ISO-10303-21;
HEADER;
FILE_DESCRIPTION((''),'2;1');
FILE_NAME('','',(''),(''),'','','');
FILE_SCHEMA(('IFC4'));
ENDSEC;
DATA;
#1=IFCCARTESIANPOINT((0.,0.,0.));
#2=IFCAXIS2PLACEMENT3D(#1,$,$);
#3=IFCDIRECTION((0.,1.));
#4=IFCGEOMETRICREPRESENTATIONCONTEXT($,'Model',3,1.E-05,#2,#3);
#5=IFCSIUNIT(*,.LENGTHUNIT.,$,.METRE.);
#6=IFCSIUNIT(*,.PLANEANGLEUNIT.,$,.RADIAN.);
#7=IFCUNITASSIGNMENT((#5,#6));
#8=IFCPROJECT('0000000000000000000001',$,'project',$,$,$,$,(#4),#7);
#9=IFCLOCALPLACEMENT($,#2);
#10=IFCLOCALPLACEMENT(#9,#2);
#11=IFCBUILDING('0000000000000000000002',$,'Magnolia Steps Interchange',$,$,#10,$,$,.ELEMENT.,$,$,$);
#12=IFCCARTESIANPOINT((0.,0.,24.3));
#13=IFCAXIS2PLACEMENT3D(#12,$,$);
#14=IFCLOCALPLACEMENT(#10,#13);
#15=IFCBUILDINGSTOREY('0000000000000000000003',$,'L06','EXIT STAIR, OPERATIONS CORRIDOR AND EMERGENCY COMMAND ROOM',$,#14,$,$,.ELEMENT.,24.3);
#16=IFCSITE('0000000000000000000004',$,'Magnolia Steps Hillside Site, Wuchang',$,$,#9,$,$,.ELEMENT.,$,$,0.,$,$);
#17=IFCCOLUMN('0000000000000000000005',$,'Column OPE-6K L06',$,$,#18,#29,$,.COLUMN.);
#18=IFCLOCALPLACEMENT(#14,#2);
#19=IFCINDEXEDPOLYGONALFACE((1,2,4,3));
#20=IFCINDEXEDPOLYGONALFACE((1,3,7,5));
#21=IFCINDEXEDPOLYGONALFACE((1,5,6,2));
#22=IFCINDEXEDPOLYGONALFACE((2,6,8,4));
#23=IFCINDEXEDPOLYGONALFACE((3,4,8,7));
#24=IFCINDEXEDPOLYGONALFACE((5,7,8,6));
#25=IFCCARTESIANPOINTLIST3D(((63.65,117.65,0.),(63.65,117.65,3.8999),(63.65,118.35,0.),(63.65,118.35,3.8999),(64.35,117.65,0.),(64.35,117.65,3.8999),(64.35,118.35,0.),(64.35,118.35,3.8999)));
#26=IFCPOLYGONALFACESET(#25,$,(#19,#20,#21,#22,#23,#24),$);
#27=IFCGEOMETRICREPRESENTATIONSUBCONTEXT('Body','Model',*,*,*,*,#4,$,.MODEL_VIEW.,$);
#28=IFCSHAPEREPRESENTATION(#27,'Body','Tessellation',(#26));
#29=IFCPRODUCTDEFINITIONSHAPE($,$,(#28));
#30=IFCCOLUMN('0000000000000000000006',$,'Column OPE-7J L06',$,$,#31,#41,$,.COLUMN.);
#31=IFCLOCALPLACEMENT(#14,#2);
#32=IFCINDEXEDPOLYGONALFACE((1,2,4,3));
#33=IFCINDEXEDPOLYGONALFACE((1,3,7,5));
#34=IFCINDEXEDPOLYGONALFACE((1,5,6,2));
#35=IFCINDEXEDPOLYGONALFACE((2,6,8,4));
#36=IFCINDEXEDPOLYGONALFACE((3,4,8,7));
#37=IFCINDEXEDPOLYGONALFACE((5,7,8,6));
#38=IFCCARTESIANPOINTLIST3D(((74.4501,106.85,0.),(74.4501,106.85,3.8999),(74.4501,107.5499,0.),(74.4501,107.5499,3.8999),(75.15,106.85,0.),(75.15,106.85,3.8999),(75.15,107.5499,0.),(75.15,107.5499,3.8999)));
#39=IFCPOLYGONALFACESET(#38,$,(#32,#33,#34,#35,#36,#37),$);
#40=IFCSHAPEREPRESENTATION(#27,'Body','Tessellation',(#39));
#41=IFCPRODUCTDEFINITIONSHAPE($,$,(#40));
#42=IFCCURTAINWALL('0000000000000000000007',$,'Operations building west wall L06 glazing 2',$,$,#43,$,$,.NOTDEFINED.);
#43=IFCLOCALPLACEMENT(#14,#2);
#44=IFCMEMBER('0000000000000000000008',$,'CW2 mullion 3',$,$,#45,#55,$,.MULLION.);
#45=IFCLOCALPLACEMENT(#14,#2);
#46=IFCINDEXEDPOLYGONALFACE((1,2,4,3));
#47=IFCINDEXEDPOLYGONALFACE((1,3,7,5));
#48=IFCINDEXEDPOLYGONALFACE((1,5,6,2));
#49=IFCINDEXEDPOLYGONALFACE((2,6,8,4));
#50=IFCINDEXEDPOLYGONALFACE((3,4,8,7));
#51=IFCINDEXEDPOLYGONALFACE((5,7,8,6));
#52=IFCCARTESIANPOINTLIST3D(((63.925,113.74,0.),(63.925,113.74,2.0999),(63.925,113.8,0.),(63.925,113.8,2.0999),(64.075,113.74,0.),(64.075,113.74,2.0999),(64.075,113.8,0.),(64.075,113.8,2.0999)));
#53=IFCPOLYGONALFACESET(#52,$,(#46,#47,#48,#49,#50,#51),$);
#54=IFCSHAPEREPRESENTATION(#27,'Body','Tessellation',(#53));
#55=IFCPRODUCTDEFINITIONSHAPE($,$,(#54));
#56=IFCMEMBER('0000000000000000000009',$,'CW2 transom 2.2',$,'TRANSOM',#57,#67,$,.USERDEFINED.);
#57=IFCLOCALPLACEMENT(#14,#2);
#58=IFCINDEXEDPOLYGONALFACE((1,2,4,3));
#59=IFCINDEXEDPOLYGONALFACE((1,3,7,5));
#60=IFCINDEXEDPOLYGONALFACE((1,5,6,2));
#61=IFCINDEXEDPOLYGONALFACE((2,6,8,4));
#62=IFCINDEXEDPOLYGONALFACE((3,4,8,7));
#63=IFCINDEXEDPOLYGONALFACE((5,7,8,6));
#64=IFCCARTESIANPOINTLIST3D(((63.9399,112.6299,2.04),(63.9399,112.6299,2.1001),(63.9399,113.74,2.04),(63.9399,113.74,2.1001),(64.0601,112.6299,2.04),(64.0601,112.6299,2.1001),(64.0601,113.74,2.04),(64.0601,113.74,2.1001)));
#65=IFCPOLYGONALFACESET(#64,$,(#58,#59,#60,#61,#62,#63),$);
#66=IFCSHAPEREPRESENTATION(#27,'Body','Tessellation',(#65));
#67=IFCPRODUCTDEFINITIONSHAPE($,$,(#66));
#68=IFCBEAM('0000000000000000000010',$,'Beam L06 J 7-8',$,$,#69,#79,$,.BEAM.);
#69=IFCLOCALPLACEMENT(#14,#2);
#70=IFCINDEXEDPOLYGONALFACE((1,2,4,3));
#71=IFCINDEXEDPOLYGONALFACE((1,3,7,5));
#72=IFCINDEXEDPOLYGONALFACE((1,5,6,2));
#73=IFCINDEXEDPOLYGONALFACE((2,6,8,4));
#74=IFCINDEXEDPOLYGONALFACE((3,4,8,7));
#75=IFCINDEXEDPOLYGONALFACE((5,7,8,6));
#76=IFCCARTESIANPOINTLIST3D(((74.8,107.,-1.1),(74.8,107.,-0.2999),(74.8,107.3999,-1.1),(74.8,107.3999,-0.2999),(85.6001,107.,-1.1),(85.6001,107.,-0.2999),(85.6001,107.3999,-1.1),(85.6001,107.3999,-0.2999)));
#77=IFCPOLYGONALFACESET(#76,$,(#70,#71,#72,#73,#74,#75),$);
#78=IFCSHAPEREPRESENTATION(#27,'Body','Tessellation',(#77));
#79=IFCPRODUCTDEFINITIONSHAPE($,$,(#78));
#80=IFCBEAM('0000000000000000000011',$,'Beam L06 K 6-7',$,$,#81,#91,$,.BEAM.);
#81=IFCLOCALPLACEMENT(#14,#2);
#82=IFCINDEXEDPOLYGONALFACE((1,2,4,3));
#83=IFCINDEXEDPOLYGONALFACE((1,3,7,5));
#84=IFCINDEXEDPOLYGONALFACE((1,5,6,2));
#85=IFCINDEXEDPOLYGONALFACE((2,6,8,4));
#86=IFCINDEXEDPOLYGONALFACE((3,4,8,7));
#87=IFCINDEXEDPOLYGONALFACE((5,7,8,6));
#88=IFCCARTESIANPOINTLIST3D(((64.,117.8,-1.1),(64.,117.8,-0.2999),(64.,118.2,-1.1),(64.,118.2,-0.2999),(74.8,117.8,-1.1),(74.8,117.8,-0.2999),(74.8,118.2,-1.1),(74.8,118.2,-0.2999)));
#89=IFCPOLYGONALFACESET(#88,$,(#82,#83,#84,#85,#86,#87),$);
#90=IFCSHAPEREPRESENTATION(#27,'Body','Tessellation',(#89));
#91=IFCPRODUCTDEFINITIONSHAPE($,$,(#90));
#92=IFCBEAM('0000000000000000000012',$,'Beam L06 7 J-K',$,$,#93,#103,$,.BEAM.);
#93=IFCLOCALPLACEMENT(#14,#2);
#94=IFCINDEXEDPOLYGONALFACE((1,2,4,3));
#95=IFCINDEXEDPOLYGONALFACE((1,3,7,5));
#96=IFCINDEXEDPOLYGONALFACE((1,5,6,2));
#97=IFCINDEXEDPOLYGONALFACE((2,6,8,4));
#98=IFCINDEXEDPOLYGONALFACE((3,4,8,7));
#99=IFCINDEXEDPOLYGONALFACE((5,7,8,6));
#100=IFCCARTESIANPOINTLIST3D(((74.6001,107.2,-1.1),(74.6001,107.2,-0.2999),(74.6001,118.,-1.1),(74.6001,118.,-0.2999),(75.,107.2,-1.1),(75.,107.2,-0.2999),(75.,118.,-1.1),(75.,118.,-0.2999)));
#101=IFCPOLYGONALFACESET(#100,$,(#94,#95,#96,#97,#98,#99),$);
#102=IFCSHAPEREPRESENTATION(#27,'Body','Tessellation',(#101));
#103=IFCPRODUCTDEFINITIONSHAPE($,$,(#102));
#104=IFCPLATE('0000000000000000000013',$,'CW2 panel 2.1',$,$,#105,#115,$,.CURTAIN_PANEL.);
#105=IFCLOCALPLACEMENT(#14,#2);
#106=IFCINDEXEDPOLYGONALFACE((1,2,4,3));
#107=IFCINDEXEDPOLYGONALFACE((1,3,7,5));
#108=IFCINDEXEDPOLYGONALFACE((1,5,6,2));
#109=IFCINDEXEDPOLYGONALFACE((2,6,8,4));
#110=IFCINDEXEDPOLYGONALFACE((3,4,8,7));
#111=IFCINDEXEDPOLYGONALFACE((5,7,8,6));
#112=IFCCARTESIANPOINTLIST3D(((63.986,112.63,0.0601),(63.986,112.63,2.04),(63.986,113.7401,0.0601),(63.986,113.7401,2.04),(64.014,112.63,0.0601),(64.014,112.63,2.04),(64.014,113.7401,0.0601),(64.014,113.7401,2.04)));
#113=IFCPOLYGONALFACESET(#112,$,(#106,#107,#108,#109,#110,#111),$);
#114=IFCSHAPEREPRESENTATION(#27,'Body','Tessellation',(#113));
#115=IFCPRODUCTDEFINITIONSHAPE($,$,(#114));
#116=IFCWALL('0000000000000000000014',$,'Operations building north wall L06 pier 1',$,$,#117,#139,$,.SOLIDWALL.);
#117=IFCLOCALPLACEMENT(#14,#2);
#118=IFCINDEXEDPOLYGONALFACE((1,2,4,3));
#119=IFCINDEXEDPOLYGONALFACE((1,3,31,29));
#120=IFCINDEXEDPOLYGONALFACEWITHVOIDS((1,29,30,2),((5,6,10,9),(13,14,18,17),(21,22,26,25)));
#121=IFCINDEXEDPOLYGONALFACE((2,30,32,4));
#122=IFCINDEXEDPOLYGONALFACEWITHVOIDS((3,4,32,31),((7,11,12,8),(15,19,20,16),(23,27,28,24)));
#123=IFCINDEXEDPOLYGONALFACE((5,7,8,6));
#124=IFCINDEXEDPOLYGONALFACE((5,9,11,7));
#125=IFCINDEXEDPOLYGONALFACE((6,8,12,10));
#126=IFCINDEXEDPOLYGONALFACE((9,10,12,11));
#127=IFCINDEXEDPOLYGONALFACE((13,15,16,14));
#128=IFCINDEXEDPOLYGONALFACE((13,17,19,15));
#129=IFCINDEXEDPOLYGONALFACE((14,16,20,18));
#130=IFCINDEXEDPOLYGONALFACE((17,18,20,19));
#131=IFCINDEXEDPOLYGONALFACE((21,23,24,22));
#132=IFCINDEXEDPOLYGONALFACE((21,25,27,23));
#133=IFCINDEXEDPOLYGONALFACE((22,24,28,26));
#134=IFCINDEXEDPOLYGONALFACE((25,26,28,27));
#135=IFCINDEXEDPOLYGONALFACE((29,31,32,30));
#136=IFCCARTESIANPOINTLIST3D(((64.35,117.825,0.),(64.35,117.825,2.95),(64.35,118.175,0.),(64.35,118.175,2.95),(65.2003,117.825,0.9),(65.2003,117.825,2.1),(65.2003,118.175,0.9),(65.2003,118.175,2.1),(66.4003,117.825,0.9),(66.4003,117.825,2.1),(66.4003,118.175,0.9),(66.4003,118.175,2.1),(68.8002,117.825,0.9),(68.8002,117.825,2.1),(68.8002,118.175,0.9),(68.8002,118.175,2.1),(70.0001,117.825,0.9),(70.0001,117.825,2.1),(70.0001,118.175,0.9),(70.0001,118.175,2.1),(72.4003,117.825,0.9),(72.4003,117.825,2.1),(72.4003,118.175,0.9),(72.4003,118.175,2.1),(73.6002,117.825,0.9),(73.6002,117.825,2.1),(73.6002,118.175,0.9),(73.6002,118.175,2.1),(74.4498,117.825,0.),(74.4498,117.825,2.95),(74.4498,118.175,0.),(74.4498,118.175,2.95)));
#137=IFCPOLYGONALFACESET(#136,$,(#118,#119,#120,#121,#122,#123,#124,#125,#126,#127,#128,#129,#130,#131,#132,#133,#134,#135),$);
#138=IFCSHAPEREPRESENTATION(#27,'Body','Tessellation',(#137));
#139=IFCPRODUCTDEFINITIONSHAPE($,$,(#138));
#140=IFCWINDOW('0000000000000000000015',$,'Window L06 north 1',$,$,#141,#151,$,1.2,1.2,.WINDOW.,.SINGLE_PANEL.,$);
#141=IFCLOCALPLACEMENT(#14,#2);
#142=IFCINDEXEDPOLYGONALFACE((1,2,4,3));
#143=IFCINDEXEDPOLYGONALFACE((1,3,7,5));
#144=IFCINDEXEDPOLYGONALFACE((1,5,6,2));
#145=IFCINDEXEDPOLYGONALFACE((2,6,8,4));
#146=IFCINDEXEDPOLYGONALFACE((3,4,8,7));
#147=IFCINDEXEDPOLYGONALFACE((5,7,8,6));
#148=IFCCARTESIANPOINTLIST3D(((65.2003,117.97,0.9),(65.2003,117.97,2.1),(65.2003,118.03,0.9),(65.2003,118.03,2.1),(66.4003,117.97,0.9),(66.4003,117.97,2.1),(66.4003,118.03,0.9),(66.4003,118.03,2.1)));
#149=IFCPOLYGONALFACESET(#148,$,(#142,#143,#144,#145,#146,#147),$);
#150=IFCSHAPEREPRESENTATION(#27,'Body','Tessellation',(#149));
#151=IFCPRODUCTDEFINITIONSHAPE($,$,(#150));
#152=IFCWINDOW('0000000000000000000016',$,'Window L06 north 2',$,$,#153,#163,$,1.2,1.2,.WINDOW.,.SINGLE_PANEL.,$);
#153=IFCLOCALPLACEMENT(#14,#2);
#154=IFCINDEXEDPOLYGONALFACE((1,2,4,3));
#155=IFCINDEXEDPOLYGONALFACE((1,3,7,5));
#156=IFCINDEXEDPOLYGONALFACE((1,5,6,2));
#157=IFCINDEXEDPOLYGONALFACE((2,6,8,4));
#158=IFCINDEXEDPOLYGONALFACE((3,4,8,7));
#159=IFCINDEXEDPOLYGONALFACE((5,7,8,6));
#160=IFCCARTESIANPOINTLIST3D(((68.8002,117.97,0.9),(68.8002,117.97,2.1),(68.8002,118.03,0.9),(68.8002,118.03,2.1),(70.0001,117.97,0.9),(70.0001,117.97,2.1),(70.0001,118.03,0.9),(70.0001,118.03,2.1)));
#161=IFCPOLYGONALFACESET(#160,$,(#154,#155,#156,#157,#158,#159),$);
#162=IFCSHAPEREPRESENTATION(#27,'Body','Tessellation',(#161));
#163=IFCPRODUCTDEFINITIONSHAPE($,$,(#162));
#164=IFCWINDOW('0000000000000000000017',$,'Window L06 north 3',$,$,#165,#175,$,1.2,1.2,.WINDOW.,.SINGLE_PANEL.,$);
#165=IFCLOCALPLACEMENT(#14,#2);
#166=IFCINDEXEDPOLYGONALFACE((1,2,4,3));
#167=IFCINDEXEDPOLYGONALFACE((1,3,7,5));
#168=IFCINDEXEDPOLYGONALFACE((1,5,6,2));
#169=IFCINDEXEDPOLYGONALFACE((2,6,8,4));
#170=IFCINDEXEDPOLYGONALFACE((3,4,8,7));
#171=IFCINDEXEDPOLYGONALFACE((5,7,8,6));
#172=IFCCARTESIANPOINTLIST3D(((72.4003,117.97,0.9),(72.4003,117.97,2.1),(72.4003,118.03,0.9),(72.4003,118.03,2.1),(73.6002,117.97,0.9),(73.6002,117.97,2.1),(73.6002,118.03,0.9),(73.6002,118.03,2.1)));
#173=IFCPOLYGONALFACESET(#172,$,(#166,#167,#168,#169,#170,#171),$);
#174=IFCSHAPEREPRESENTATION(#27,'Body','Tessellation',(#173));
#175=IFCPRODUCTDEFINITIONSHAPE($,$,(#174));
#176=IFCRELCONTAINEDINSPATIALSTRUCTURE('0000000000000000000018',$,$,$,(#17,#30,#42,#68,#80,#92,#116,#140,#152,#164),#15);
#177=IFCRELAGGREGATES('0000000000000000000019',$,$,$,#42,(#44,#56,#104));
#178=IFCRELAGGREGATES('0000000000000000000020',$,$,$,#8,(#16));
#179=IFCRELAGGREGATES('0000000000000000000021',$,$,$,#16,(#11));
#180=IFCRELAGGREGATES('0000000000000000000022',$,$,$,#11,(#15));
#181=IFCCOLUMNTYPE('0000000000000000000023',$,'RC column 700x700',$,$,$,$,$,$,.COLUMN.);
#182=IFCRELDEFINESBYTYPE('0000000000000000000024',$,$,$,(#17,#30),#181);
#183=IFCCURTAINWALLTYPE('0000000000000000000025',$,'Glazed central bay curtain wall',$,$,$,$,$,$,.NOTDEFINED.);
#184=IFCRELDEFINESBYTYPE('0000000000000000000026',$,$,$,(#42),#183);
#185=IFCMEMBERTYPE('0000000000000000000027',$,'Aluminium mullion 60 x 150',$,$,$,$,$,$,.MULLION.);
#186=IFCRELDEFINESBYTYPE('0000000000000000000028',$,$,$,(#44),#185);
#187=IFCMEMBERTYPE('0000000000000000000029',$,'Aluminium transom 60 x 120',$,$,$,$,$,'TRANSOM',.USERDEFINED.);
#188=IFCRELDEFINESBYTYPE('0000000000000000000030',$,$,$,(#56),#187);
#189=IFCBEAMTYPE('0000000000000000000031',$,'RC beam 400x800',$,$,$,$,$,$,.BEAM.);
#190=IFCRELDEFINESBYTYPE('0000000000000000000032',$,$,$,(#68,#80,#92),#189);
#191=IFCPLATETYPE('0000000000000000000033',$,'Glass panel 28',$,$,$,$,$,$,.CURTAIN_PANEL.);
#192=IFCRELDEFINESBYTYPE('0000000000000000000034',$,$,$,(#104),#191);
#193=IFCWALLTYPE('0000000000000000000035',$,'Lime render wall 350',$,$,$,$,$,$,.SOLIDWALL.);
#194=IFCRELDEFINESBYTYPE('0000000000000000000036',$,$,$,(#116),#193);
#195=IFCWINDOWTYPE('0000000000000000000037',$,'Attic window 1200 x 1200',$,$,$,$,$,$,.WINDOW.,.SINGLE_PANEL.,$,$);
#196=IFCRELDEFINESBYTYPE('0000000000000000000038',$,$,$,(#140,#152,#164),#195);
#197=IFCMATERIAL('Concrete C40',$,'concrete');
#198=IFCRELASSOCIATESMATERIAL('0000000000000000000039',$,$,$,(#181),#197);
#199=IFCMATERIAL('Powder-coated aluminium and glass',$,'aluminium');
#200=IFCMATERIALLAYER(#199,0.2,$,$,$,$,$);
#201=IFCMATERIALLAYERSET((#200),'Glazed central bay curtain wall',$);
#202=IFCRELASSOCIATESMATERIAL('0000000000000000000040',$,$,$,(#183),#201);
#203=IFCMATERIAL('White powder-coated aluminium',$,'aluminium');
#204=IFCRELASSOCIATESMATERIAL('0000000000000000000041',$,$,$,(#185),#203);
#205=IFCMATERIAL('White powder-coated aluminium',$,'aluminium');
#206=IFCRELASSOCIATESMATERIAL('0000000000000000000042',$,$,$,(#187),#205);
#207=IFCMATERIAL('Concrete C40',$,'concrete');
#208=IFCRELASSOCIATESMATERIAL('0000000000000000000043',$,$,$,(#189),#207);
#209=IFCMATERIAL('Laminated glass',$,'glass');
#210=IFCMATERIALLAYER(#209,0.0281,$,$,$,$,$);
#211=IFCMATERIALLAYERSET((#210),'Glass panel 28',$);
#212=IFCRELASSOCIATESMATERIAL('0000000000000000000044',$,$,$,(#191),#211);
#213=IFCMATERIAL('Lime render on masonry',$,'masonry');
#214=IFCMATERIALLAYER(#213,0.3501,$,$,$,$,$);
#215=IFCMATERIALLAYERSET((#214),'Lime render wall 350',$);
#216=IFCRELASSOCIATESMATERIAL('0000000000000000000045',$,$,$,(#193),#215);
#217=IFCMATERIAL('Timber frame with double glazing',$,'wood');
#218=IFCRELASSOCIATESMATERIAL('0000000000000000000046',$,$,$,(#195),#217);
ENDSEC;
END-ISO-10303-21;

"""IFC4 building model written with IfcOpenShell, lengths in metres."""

from ifc_helpers import new_model, si_unit, direction, frame, frame_2d, origin, origin_2d, place, context, subcontext, project, spatial, rectangle, extrude, material, layer, layer_set, material_profile, profile_set, type_object, element, fill, aggregate, save


model = new_model("IFC4")

# Units and contexts
model_context = context("Model", 3, precision=1e-05, world=origin(), true_north=direction((0.0, 1.0)))
body_context = subcontext(model_context, "Body", "Model", "MODEL_VIEW")
ifc_project = project(units=[si_unit("LENGTHUNIT", "METRE"), si_unit("PLANEANGLEUNIT", "RADIAN")], contexts=[model_context])

# Site, building, storey
site_placement = place(None, origin())
site = spatial("IfcSite", under=ifc_project, at=site_placement, Name="Magnolia Steps Hillside Site, Wuchang", CompositionType="ELEMENT", RefElevation=0.0)
building_placement = place(site_placement, origin())
building = spatial("IfcBuilding", under=site, at=building_placement, Name="Magnolia Steps Interchange", CompositionType="ELEMENT")
storey_placement = place(building_placement, frame((0.0, 0.0, 24.3)))
storey = spatial("IfcBuildingStorey", under=building, at=storey_placement, Name="L06", Description="EXIT STAIR, OPERATIONS CORRIDOR AND EMERGENCY COMMAND ROOM", CompositionType="ELEMENT", Elevation=24.3)

# Columns
ifc_material_1 = material(Name="Concrete C40", Category="concrete")
ifc_material_profile_1 = material_profile(ifc_material_1, rectangle(XDim=0.7, YDim=0.7, at=origin_2d()), Name="RC700x700")
ifc_profile_set_1 = profile_set([ifc_material_profile_1], Name="Concrete C40")
column_type = type_object("IfcColumnType", Name="RC column 700x700", PredefinedType="COLUMN", material=ifc_profile_set_1)
for number, where, z_axis, x_axis, name in (
    (1, (64.0, 118.0, 0.0), (0.0, 0.0, 1.0), (1.0, 0.0, 0.0), "Column OPE-6K L06"),
    (2, (74.8, 107.2, 0.0), (0.0, 0.0, 1.0), (1.0, 0.0, 0.0), "Column OPE-7J L06"),
):
    element("IfcColumn", number, at=place(storey_placement, frame(where, z_axis=z_axis, x_axis=x_axis)), inside=storey, type_object=column_type, Name=name, PredefinedType="COLUMN", context=body_context, shape_type="SweptSolid", body=[
        extrude(rectangle(XDim=0.7, YDim=0.7, at=origin_2d()), origin(), (0.0, 0.0, 1.0), 3.8999),
    ])

# Curtain wall, members
ifc_material_2 = material(Name="Powder-coated aluminium and glass", Category="aluminium")
ifc_layer_1 = layer(ifc_material_2, 0.2)
ifc_layer_set_1 = layer_set([ifc_layer_1], Name="Glazed central bay curtain wall")
curtain_wall_type = type_object("IfcCurtainWallType", Name="Glazed central bay curtain wall", PredefinedType="NOTDEFINED", material=ifc_layer_set_1)
curtain_wall_placement = place(storey_placement, origin())
curtain_wall = element("IfcCurtainWall", 3, at=curtain_wall_placement, inside=storey, type_object=curtain_wall_type, Name="Operations building west wall L06 glazing 2", PredefinedType="NOTDEFINED")
ifc_material_3 = material(Name="White powder-coated aluminium", Category="aluminium")
ifc_material_profile_2 = material_profile(ifc_material_3, rectangle(XDim=0.0601, YDim=0.1499, at=origin_2d()), Name="Aluminium mullion 60 x 150")
ifc_profile_set_2 = profile_set([ifc_material_profile_2], Name="White powder-coated aluminium")
member_type_1 = type_object("IfcMemberType", Name="Aluminium mullion 60 x 150", PredefinedType="MULLION", material=ifc_profile_set_2)
member_1_placement = place(storey_placement, frame((64.0, 113.77, 0.0), z_axis=(0.0, 0.0, 1.0), x_axis=(0.0, 1.0, 0.0)))
member_1 = element("IfcMember", 4, at=member_1_placement, type_object=member_type_1, Name="CW2 mullion 3", PredefinedType="MULLION", context=body_context, shape_type="SweptSolid", body=[
    extrude(rectangle(XDim=0.0601, YDim=0.1499, at=origin_2d()), origin(), (0.0, 0.0, 1.0), 2.0999),
])
ifc_material_4 = material(Name="White powder-coated aluminium", Category="aluminium")
ifc_material_profile_3 = material_profile(ifc_material_4, rectangle(XDim=0.0601, YDim=0.1201, at=origin_2d()), Name="Aluminium transom 60 x 120")
ifc_profile_set_3 = profile_set([ifc_material_profile_3], Name="White powder-coated aluminium")
member_type_2 = type_object("IfcMemberType", Name="Aluminium transom 60 x 120", ElementType="TRANSOM", PredefinedType="USERDEFINED", material=ifc_profile_set_3)
member_2_placement = place(storey_placement, frame((64.0, 112.6299, 2.0701), z_axis=(0.0, 1.0, 0.0), x_axis=(0.0, 0.0, 1.0)))
member_2 = element("IfcMember", 5, at=member_2_placement, type_object=member_type_2, Name="CW2 transom 2.2", ObjectType="TRANSOM", PredefinedType="USERDEFINED", context=body_context, shape_type="SweptSolid", body=[
    extrude(rectangle(XDim=0.0601, YDim=0.1201, at=origin_2d()), origin(), (0.0, 0.0, 1.0), 1.1101),
])

# Beams
ifc_material_5 = material(Name="Concrete C40", Category="concrete")
ifc_material_profile_4 = material_profile(ifc_material_5, rectangle(XDim=0.3999, YDim=0.8, at=origin_2d()), Name="RC400x800")
ifc_profile_set_4 = profile_set([ifc_material_profile_4], Name="Concrete C40")
beam_type = type_object("IfcBeamType", Name="RC beam 400x800", PredefinedType="BEAM", material=ifc_profile_set_4)
for number, where, z_axis, x_axis, name in (
    (6, (74.8, 107.2, -0.7), (1.0, 0.0, 0.0), (0.0, 1.0, 0.0), "Beam L06 J 7-8"),
    (7, (64.0, 118.0, -0.7), (1.0, 0.0, 0.0), (0.0, 1.0, 0.0), "Beam L06 K 6-7"),
    (8, (74.8, 107.2, -0.7), (0.0, 1.0, 0.0), (-1.0, 0.0, 0.0), "Beam L06 7 J-K"),
):
    element("IfcBeam", number, at=place(storey_placement, frame(where, z_axis=z_axis, x_axis=x_axis)), inside=storey, type_object=beam_type, Name=name, PredefinedType="BEAM", context=body_context, shape_type="SweptSolid", body=[
        extrude(rectangle(XDim=0.3999, YDim=0.8, at=origin_2d()), origin(), (0.0, 0.0, 1.0), 10.8),
    ])

# Plate
ifc_material_6 = material(Name="Laminated glass", Category="glass")
ifc_layer_2 = layer(ifc_material_6, 0.0281)
ifc_layer_set_2 = layer_set([ifc_layer_2], Name="Glass panel 28")
plate_type = type_object("IfcPlateType", Name="Glass panel 28", PredefinedType="CURTAIN_PANEL", material=ifc_layer_set_2)
plate_placement = place(storey_placement, frame((64.0, 113.1851, 0.0601), z_axis=(0.0, 0.0, 1.0), x_axis=(0.0, 1.0, 0.0)))
plate = element("IfcPlate", 9, at=plate_placement, type_object=plate_type, Name="CW2 panel 2.1", PredefinedType="CURTAIN_PANEL", context=body_context, shape_type="SweptSolid", body=[
    extrude(rectangle(XDim=1.1101, YDim=0.0281, at=origin_2d()), origin(), (0.0, 0.0, 1.0), 1.98),
])
aggregate(curtain_wall, [member_1, member_2, plate])

# Wall, openings, windows
ifc_material_7 = material(Name="Lime render on masonry", Category="masonry")
ifc_layer_3 = layer(ifc_material_7, 0.3501)
ifc_layer_set_3 = layer_set([ifc_layer_3], Name="Lime render wall 350")
wall_type = type_object("IfcWallType", Name="Lime render wall 350", PredefinedType="SOLIDWALL", material=ifc_layer_set_3)
wall_1_placement = place(storey_placement, frame((64.3501, 118.0, 0.0), z_axis=(0.0, 0.0, 1.0), x_axis=(1.0, 0.0, 0.0)))
wall_1 = element("IfcWall", 10, at=wall_1_placement, inside=storey, type_object=wall_type, Name="Operations building north wall L06 pier 1", PredefinedType="SOLIDWALL", context=body_context, shape_type="SweptSolid", body=[
    extrude(rectangle(XDim=10.0999, YDim=0.3501, at=frame_2d((5.0498, 0.0))), origin(), (0.0, 0.0, 1.0), 2.95),
])
opening_1_placement = place(wall_1_placement, frame((0.8501, 0.0, 0.8999)))
opening_1 = element("IfcOpeningElement", 11, at=opening_1_placement, cuts=wall_1, PredefinedType="OPENING", context=body_context, shape_type="SweptSolid", body=[
    extrude(rectangle(XDim=1.2, YDim=1.2, at=frame_2d((0.6001, 0.6001))), frame((0.0, 0.1851, 0.0), z_axis=(0.0, -1.0, 0.0), x_axis=(1.0, 0.0, 0.0)), (0.0, 0.0, 1.0), 0.3701),
])
opening_2_placement = place(wall_1_placement, frame((4.45, 0.0, 0.8999)))
opening_2 = element("IfcOpeningElement", 12, at=opening_2_placement, cuts=wall_1, PredefinedType="OPENING", context=body_context, shape_type="SweptSolid", body=[
    extrude(rectangle(XDim=1.2, YDim=1.2, at=frame_2d((0.6001, 0.6001))), frame((0.0, 0.1851, 0.0), z_axis=(0.0, -1.0, 0.0), x_axis=(1.0, 0.0, 0.0)), (0.0, 0.0, 1.0), 0.3701),
])
opening_3_placement = place(wall_1_placement, frame((8.05, 0.0, 0.8999)))
opening_3 = element("IfcOpeningElement", 13, at=opening_3_placement, cuts=wall_1, PredefinedType="OPENING", context=body_context, shape_type="SweptSolid", body=[
    extrude(rectangle(XDim=1.2, YDim=1.2, at=frame_2d((0.6001, 0.6001))), frame((0.0, 0.1851, 0.0), z_axis=(0.0, -1.0, 0.0), x_axis=(1.0, 0.0, 0.0)), (0.0, 0.0, 1.0), 0.3701),
])
ifc_material_8 = material(Name="Timber frame with double glazing", Category="wood")
window_type = type_object("IfcWindowType", Name="Attic window 1200 x 1200", PartitioningType="SINGLE_PANEL", PredefinedType="WINDOW", material=ifc_material_8)
window_1_placement = place(opening_1_placement, origin())
window_1 = element("IfcWindow", 14, at=window_1_placement, inside=storey, type_object=window_type, Name="Window L06 north 1", OverallHeight=1.2, OverallWidth=1.2, PartitioningType="SINGLE_PANEL", PredefinedType="WINDOW", context=body_context, shape_type="SweptSolid", body=[
    extrude(rectangle(XDim=1.2, YDim=1.2, at=frame_2d((0.6001, 0.6001))), frame((0.0, 0.03, 0.0), z_axis=(0.0, -1.0, 0.0), x_axis=(1.0, 0.0, 0.0)), (0.0, 0.0, 1.0), 0.0601),
])
fill(opening_1, window_1)
window_2_placement = place(opening_2_placement, origin())
window_2 = element("IfcWindow", 15, at=window_2_placement, inside=storey, type_object=window_type, Name="Window L06 north 2", OverallHeight=1.2, OverallWidth=1.2, PartitioningType="SINGLE_PANEL", PredefinedType="WINDOW", context=body_context, shape_type="SweptSolid", body=[
    extrude(rectangle(XDim=1.2, YDim=1.2, at=frame_2d((0.6001, 0.6001))), frame((0.0, 0.03, 0.0), z_axis=(0.0, -1.0, 0.0), x_axis=(1.0, 0.0, 0.0)), (0.0, 0.0, 1.0), 0.0601),
])
fill(opening_2, window_2)
window_3_placement = place(opening_3_placement, origin())
window_3 = element("IfcWindow", 16, at=window_3_placement, inside=storey, type_object=window_type, Name="Window L06 north 3", OverallHeight=1.2, OverallWidth=1.2, PartitioningType="SINGLE_PANEL", PredefinedType="WINDOW", context=body_context, shape_type="SweptSolid", body=[
    extrude(rectangle(XDim=1.2, YDim=1.2, at=frame_2d((0.6001, 0.6001))), frame((0.0, 0.03, 0.0), z_axis=(0.0, -1.0, 0.0), x_axis=(1.0, 0.0, 0.0)), (0.0, 0.0, 1.0), 0.0601),
])
fill(opening_3, window_3)

save(model, "model.ifc")
